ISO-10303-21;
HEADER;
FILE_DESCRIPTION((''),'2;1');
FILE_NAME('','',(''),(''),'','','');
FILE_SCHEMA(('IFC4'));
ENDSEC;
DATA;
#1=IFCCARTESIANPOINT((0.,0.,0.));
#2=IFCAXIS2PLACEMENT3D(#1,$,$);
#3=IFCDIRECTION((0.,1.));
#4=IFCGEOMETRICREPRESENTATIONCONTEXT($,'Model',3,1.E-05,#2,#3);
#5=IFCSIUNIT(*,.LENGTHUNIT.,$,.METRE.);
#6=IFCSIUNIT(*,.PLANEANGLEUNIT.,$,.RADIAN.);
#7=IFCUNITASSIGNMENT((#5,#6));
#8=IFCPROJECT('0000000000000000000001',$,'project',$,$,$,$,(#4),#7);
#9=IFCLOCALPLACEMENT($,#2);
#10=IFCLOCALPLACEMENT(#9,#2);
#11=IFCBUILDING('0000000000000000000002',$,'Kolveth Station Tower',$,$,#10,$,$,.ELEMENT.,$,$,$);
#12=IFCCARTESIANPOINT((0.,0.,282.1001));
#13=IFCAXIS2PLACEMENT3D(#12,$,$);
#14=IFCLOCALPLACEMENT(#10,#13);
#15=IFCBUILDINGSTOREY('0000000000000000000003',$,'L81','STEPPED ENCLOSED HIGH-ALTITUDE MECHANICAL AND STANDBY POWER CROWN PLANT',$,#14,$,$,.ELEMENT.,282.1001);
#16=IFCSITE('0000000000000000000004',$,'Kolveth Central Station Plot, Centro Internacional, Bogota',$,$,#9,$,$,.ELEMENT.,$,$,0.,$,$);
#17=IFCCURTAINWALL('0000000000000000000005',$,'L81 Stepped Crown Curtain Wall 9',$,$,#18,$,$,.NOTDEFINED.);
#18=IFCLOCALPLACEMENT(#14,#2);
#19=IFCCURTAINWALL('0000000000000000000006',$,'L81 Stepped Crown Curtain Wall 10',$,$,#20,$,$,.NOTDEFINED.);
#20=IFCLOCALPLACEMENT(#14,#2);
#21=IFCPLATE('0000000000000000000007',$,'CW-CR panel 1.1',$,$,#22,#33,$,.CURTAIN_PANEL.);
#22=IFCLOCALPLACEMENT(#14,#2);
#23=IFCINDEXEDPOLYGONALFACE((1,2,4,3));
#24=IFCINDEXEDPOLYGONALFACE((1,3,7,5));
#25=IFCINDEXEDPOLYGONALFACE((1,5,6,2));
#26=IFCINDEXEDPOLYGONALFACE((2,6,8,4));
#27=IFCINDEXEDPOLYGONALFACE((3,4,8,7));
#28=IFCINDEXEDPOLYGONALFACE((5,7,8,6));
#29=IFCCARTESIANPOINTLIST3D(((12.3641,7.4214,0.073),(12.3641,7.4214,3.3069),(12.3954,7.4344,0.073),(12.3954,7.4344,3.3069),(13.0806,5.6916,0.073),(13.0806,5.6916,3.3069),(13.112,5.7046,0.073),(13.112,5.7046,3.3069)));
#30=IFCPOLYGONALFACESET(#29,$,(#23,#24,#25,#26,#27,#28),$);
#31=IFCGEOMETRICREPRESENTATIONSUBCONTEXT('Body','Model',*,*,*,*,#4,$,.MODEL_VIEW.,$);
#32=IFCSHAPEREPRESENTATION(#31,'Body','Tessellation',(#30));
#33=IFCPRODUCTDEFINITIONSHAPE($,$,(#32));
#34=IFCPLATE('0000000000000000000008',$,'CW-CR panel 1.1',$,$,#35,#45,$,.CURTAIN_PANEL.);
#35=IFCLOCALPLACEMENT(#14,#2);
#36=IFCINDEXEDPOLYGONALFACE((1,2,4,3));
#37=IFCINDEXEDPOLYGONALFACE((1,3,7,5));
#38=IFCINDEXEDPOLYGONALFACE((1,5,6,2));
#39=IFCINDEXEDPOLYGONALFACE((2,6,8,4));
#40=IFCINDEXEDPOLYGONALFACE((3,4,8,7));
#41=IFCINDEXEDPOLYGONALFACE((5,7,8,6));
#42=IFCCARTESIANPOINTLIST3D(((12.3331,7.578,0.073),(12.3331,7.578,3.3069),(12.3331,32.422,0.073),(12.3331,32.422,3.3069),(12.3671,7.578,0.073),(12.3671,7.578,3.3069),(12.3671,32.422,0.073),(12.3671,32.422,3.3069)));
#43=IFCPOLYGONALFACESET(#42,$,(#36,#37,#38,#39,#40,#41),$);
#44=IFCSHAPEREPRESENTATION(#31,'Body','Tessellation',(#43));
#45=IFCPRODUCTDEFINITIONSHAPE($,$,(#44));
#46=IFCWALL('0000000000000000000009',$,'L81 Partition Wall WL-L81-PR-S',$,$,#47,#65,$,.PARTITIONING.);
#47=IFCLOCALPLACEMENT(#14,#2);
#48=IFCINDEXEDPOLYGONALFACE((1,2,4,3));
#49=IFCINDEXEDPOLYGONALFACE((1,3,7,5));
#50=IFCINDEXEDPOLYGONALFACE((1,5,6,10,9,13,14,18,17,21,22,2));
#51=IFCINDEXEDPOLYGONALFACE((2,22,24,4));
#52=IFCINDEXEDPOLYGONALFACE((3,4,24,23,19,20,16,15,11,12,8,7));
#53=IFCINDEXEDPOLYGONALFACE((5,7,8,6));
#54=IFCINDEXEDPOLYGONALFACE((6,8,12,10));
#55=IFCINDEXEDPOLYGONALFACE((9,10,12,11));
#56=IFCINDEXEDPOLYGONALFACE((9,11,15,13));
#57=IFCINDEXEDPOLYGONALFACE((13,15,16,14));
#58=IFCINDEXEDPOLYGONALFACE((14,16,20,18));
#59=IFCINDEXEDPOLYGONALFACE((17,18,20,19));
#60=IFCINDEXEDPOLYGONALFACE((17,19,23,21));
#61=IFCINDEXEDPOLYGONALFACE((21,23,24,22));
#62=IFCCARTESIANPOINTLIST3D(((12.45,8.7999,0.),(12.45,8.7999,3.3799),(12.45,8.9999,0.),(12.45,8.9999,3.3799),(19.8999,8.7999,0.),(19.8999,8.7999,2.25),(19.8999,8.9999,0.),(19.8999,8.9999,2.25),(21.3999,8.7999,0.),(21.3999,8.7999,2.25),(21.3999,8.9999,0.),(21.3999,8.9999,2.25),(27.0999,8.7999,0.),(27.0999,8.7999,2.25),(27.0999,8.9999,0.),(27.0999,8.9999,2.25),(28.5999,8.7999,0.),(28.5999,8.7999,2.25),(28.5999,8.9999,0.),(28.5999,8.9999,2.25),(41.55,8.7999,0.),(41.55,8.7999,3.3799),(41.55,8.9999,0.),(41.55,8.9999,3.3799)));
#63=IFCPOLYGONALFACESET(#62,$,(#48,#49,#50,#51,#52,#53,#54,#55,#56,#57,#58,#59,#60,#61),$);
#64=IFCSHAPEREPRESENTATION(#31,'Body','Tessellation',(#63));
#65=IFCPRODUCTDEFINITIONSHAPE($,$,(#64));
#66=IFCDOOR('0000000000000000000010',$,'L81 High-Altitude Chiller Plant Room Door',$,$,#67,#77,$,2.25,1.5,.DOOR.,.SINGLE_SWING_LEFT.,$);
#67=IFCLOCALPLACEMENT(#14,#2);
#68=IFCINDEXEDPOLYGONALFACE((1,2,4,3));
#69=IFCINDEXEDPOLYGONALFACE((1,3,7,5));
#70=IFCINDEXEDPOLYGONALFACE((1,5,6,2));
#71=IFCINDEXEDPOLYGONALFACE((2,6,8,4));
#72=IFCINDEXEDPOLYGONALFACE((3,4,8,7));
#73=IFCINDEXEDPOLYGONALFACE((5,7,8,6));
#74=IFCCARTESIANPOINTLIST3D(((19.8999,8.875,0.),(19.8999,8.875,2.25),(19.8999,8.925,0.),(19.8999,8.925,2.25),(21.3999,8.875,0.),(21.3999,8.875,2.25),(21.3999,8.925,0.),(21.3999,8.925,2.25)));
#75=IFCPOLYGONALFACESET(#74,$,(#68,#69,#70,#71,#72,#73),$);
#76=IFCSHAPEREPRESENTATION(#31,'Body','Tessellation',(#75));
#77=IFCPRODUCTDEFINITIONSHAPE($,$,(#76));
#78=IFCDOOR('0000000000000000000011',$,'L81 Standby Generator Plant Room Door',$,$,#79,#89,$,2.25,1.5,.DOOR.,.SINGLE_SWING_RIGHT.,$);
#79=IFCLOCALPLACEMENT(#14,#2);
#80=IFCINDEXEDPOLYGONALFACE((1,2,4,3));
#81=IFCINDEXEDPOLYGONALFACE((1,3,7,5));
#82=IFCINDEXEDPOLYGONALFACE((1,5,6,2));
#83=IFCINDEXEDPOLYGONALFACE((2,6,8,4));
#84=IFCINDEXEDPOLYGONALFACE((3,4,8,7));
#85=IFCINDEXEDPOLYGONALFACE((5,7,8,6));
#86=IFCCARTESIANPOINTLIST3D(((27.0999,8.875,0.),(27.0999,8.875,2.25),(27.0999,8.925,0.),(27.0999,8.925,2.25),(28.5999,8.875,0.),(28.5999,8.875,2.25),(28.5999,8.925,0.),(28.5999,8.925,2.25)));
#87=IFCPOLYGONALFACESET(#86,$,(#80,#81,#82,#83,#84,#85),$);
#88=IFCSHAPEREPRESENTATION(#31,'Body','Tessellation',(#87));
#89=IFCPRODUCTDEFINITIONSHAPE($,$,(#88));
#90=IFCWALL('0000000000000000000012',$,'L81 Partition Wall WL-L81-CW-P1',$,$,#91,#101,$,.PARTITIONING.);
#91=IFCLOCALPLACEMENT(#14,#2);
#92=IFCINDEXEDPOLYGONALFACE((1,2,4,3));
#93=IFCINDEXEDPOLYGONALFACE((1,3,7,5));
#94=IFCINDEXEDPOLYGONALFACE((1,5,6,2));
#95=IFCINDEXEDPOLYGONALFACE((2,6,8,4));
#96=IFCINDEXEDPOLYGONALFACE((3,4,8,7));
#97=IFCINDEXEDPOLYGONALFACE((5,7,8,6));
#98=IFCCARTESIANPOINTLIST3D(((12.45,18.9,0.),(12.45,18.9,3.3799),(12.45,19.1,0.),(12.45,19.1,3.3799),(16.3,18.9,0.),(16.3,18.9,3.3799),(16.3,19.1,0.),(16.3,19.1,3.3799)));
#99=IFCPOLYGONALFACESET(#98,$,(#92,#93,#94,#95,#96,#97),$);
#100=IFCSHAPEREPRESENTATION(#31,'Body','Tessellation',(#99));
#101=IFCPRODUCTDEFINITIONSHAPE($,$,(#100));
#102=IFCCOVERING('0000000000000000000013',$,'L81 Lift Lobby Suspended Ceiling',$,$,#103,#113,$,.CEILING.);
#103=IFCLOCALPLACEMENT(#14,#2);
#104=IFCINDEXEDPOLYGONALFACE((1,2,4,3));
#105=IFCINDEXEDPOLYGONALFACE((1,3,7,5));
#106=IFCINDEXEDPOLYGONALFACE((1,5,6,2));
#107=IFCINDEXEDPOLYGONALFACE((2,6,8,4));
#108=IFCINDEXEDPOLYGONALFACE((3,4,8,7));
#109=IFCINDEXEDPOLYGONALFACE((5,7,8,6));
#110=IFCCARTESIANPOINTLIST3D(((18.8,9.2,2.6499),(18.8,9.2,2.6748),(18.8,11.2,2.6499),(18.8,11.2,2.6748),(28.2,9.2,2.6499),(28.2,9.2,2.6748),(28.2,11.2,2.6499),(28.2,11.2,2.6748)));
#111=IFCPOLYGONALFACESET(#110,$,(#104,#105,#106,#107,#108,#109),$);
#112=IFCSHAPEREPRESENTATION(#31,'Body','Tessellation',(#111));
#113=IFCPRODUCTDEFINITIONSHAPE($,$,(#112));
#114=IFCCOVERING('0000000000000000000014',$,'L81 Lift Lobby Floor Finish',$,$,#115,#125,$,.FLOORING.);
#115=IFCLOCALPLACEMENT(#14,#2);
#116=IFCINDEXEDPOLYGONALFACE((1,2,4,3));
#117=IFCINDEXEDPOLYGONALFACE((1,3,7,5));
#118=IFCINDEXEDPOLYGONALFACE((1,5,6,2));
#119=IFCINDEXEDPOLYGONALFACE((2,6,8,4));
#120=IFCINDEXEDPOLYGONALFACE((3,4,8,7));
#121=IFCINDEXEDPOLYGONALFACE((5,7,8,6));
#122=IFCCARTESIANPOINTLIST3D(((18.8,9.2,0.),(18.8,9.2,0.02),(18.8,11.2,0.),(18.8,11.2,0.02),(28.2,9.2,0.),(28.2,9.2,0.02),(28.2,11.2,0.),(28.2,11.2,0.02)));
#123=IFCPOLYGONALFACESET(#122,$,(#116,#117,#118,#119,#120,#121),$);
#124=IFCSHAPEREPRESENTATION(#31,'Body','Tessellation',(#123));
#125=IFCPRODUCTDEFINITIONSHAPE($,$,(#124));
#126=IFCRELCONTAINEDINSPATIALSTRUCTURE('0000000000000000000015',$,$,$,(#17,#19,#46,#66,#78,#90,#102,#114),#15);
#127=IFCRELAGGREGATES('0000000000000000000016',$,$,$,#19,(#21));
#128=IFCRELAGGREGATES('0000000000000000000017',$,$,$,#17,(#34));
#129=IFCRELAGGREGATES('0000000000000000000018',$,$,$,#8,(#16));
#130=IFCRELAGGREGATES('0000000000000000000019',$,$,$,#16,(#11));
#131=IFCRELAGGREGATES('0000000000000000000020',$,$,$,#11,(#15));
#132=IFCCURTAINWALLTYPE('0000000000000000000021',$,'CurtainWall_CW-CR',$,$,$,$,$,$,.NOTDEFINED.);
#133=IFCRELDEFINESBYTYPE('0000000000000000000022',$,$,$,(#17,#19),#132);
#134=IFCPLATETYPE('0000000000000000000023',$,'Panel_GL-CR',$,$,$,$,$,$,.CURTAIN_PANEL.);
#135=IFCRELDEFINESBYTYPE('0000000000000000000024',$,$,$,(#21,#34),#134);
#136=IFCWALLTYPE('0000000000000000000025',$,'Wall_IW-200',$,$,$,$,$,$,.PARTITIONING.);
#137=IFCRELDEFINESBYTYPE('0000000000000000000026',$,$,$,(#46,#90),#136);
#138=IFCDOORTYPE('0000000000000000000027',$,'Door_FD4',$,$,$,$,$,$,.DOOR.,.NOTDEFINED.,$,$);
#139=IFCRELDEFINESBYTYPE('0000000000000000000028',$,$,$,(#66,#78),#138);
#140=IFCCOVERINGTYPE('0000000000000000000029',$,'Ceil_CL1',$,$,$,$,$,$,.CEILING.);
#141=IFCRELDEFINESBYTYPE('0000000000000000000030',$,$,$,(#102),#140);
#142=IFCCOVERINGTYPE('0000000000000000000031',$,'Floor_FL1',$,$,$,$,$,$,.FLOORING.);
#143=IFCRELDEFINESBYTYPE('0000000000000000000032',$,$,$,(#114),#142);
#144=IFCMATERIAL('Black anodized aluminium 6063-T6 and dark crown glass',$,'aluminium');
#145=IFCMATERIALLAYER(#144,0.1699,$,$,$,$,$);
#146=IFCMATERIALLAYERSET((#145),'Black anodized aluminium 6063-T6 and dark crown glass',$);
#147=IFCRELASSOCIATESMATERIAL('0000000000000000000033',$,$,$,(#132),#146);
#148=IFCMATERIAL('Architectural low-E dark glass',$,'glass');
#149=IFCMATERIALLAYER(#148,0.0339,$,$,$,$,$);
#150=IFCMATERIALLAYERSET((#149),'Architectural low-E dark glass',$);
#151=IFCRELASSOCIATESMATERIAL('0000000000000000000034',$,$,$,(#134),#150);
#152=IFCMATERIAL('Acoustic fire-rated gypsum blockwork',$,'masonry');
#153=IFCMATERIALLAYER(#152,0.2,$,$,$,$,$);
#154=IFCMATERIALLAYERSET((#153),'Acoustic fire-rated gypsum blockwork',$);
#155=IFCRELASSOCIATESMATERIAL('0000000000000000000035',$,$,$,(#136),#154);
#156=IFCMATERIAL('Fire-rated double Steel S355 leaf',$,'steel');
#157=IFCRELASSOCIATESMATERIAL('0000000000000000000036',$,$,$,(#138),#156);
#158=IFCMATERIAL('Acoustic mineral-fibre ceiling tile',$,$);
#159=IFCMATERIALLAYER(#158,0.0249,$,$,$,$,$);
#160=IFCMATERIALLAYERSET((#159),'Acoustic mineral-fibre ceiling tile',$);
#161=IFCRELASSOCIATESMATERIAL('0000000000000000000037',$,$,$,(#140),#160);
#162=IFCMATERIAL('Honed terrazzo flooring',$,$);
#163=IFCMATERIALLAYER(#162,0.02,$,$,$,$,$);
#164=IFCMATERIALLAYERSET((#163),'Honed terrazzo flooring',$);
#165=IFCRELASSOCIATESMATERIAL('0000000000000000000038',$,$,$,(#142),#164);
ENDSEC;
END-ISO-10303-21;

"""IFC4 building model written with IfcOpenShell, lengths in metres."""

from ifc_helpers import new_model, si_unit, direction, frame, frame_2d, origin, origin_2d, place, context, subcontext, project, spatial, polyline, rectangle, outline, extrude, source, transform, mapped, material, layer, layer_set, type_object, element, fill, aggregate, save


model = new_model("IFC4")

# Units and contexts
model_context = context("Model", 3, precision=1e-05, world=origin(), true_north=direction((0.0, 1.0)))
body_context = subcontext(model_context, "Body", "Model", "MODEL_VIEW")
ifc_project = project(units=[si_unit("LENGTHUNIT", "METRE"), si_unit("PLANEANGLEUNIT", "RADIAN")], contexts=[model_context])

# Site, building, storey
site_placement = place(None, origin())
site = spatial("IfcSite", under=ifc_project, at=site_placement, Name="Kolveth Central Station Plot, Centro Internacional, Bogota", CompositionType="ELEMENT", RefElevation=0.0)
building_placement = place(site_placement, origin())
building = spatial("IfcBuilding", under=site, at=building_placement, Name="Kolveth Station Tower", CompositionType="ELEMENT")
storey_placement = place(building_placement, frame((0.0, 0.0, 282.1001)))
storey = spatial("IfcBuildingStorey", under=building, at=storey_placement, Name="L81", Description="STEPPED ENCLOSED HIGH-ALTITUDE MECHANICAL AND STANDBY POWER CROWN PLANT", CompositionType="ELEMENT", Elevation=282.1001)

# Curtain wall
ifc_material_1 = material(Name="Black anodized aluminium 6063-T6 and dark crown glass", Category="aluminium")
ifc_layer_1 = layer(ifc_material_1, 0.1699)
ifc_layer_set_1 = layer_set([ifc_layer_1], Name="Black anodized aluminium 6063-T6 and dark crown glass")
curtain_wall_type = type_object("IfcCurtainWallType", Name="CurtainWall_CW-CR", PredefinedType="NOTDEFINED", material=ifc_layer_set_1)
curtain_wall_1_placement = place(storey_placement, origin())
curtain_wall_1 = element("IfcCurtainWall", 1, at=curtain_wall_1_placement, inside=storey, type_object=curtain_wall_type, Name="L81 Stepped Crown Curtain Wall 9", PredefinedType="NOTDEFINED")

# Curtain wall
curtain_wall_2_placement = place(storey_placement, origin())
curtain_wall_2 = element("IfcCurtainWall", 2, at=curtain_wall_2_placement, inside=storey, type_object=curtain_wall_type, Name="L81 Stepped Crown Curtain Wall 10", PredefinedType="NOTDEFINED")

# Plates
ifc_material_2 = material(Name="Architectural low-E dark glass", Category="glass")
ifc_layer_2 = layer(ifc_material_2, 0.0339)
ifc_layer_set_2 = layer_set([ifc_layer_2], Name="Architectural low-E dark glass")
plate_type = type_object("IfcPlateType", Name="Panel_GL-CR", PredefinedType="CURTAIN_PANEL", material=ifc_layer_set_2)
shared_shape_1 = source(origin(), body_context, "Body", "SweptSolid", [
    extrude(rectangle(XDim=1.8723, YDim=0.0339, at=origin_2d()), origin(), (0.0, 0.0, 1.0), 3.2339),
])
plate_1_placement = place(storey_placement, frame((12.738, 6.563, 0.073), z_axis=(0.0, 0.0, 1.0), x_axis=(0.382703, -0.923871, 0.0)))
plate_1 = element("IfcPlate", 3, at=plate_1_placement, type_object=plate_type, Name="CW-CR panel 1.1", PredefinedType="CURTAIN_PANEL", context=body_context, shape_type="MappedRepresentation", body=[
    mapped(shared_shape_1, transform((0.0, 0.0, 0.0), x_axis=(1.0, 0.0, 0.0), y_axis=(0.0, 1.0, 0.0), z_axis=(0.0, 0.0, 1.0), scale=1.0)),
])
aggregate(curtain_wall_2, [plate_1])
shared_shape_2 = source(origin(), body_context, "Body", "SweptSolid", [
    extrude(rectangle(XDim=24.844, YDim=0.0339, at=origin_2d()), origin(), (0.0, 0.0, 1.0), 3.2339),
])
plate_2_placement = place(storey_placement, frame((12.3501, 20.0, 0.073), z_axis=(0.0, 0.0, 1.0), x_axis=(0.0, -1.0, 0.0)))
plate_2 = element("IfcPlate", 4, at=plate_2_placement, type_object=plate_type, Name="CW-CR panel 1.1", PredefinedType="CURTAIN_PANEL", context=body_context, shape_type="MappedRepresentation", body=[
    mapped(shared_shape_2, transform((0.0, 0.0, 0.0), x_axis=(1.0, 0.0, 0.0), y_axis=(0.0, 1.0, 0.0), z_axis=(0.0, 0.0, 1.0), scale=1.0)),
])
aggregate(curtain_wall_1, [plate_2])

# Wall, openings, doors
ifc_material_3 = material(Name="Acoustic fire-rated gypsum blockwork", Category="masonry")
ifc_layer_3 = layer(ifc_material_3, 0.2)
ifc_layer_set_3 = layer_set([ifc_layer_3], Name="Acoustic fire-rated gypsum blockwork")
wall_type = type_object("IfcWallType", Name="Wall_IW-200", PredefinedType="PARTITIONING", material=ifc_layer_set_3)
wall_1_placement = place(storey_placement, frame((12.45, 8.8999, 0.0), z_axis=(0.0, 0.0, 1.0), x_axis=(1.0, 0.0, 0.0)))
wall_1 = element("IfcWall", 5, at=wall_1_placement, inside=storey, type_object=wall_type, Name="L81 Partition Wall WL-L81-PR-S", PredefinedType="PARTITIONING", context=body_context, shape_type="SweptSolid", body=[
    extrude(rectangle(XDim=29.1001, YDim=0.2, at=frame_2d((14.55, 0.0))), origin(), (0.0, 0.0, 1.0), 3.3799),
])
opening_1_placement = place(wall_1_placement, frame((7.45, 0.0, 0.0)))
opening_1 = element("IfcOpeningElement", 6, at=opening_1_placement, cuts=wall_1, PredefinedType="OPENING", context=body_context, shape_type="SweptSolid", body=[
    extrude(rectangle(XDim=1.5, YDim=2.25, at=frame_2d((0.75, 1.125))), frame((0.0, 0.1099, 0.0), z_axis=(0.0, -1.0, 0.0), x_axis=(1.0, 0.0, 0.0)), (0.0, 0.0, 1.0), 0.22),
])
opening_2_placement = place(wall_1_placement, frame((14.6499, 0.0, 0.0)))
opening_2 = element("IfcOpeningElement", 7, at=opening_2_placement, cuts=wall_1, PredefinedType="OPENING", context=body_context, shape_type="SweptSolid", body=[
    extrude(rectangle(XDim=1.5, YDim=2.25, at=frame_2d((0.75, 1.125))), frame((0.0, 0.1099, 0.0), z_axis=(0.0, -1.0, 0.0), x_axis=(1.0, 0.0, 0.0)), (0.0, 0.0, 1.0), 0.22),
])
ifc_material_4 = material(Name="Fire-rated double Steel S355 leaf", Category="steel")
door_type = type_object("IfcDoorType", Name="Door_FD4", OperationType="NOTDEFINED", PredefinedType="DOOR", material=ifc_material_4)
door_1_placement = place(opening_1_placement, frame((1.5, 0.0, 0.0), z_axis=(0.0, 0.0, 1.0), x_axis=(-1.0, 0.0, 0.0)))
door_1 = element("IfcDoor", 8, at=door_1_placement, inside=storey, type_object=door_type, Name="L81 High-Altitude Chiller Plant Room Door", OperationType="SINGLE_SWING_LEFT", OverallHeight=2.25, OverallWidth=1.5, PredefinedType="DOOR", context=body_context, shape_type="SweptSolid", body=[
    extrude(rectangle(XDim=1.5, YDim=2.25, at=frame_2d((0.75, 1.125))), frame((0.0, 0.0249, 0.0), z_axis=(0.0, -1.0, 0.0), x_axis=(1.0, 0.0, 0.0)), (0.0, 0.0, 1.0), 0.05),
])
fill(opening_1, door_1)
door_2_placement = place(opening_2_placement, frame((1.5, 0.0, 0.0), z_axis=(0.0, 0.0, 1.0), x_axis=(-1.0, 0.0, 0.0)))
door_2 = element("IfcDoor", 9, at=door_2_placement, inside=storey, type_object=door_type, Name="L81 Standby Generator Plant Room Door", OperationType="SINGLE_SWING_RIGHT", OverallHeight=2.25, OverallWidth=1.5, PredefinedType="DOOR", context=body_context, shape_type="SweptSolid", body=[
    extrude(rectangle(XDim=1.5, YDim=2.25, at=frame_2d((0.75, 1.125))), frame((0.0, 0.0249, 0.0), z_axis=(0.0, -1.0, 0.0), x_axis=(1.0, 0.0, 0.0)), (0.0, 0.0, 1.0), 0.05),
])
fill(opening_2, door_2)

# Wall
wall_2_placement = place(storey_placement, frame((12.45, 19.0, 0.0), z_axis=(0.0, 0.0, 1.0), x_axis=(1.0, 0.0, 0.0)))
element("IfcWall", 10, at=wall_2_placement, inside=storey, type_object=wall_type, Name="L81 Partition Wall WL-L81-CW-P1", PredefinedType="PARTITIONING", context=body_context, shape_type="SweptSolid", body=[
    extrude(rectangle(XDim=3.8501, YDim=0.2, at=frame_2d((1.925, 0.0))), origin(), (0.0, 0.0, 1.0), 3.3799),
])

# Coverings
ifc_material_5 = material(Name="Acoustic mineral-fibre ceiling tile")
ifc_layer_4 = layer(ifc_material_5, 0.0249)
ifc_layer_set_4 = layer_set([ifc_layer_4], Name="Acoustic mineral-fibre ceiling tile")
covering_type_1 = type_object("IfcCoveringType", Name="Ceil_CL1", PredefinedType="CEILING", material=ifc_layer_set_4)
covering_1_placement = place(storey_placement, frame((0.0, 0.0, 2.6499)))
element("IfcCovering", 11, at=covering_1_placement, inside=storey, type_object=covering_type_1, Name="L81 Lift Lobby Suspended Ceiling", PredefinedType="CEILING", context=body_context, shape_type="SweptSolid", body=[
    extrude(outline(polyline([(18.8, 9.2), (28.2, 9.2), (28.2, 11.2), (18.8, 11.2), (18.8, 9.2)])), origin(), (0.0, 0.0, 1.0), 0.0249),
])
ifc_material_6 = material(Name="Honed terrazzo flooring")
ifc_layer_5 = layer(ifc_material_6, 0.02)
ifc_layer_set_5 = layer_set([ifc_layer_5], Name="Honed terrazzo flooring")
covering_type_2 = type_object("IfcCoveringType", Name="Floor_FL1", PredefinedType="FLOORING", material=ifc_layer_set_5)
covering_2_placement = place(storey_placement, origin())
element("IfcCovering", 12, at=covering_2_placement, inside=storey, type_object=covering_type_2, Name="L81 Lift Lobby Floor Finish", PredefinedType="FLOORING", context=body_context, shape_type="SweptSolid", body=[
    extrude(outline(polyline([(18.8, 9.2), (28.2, 9.2), (28.2, 11.2), (18.8, 11.2), (18.8, 9.2)])), origin(), (0.0, 0.0, 1.0), 0.02),
])

save(model, "model.ifc")
